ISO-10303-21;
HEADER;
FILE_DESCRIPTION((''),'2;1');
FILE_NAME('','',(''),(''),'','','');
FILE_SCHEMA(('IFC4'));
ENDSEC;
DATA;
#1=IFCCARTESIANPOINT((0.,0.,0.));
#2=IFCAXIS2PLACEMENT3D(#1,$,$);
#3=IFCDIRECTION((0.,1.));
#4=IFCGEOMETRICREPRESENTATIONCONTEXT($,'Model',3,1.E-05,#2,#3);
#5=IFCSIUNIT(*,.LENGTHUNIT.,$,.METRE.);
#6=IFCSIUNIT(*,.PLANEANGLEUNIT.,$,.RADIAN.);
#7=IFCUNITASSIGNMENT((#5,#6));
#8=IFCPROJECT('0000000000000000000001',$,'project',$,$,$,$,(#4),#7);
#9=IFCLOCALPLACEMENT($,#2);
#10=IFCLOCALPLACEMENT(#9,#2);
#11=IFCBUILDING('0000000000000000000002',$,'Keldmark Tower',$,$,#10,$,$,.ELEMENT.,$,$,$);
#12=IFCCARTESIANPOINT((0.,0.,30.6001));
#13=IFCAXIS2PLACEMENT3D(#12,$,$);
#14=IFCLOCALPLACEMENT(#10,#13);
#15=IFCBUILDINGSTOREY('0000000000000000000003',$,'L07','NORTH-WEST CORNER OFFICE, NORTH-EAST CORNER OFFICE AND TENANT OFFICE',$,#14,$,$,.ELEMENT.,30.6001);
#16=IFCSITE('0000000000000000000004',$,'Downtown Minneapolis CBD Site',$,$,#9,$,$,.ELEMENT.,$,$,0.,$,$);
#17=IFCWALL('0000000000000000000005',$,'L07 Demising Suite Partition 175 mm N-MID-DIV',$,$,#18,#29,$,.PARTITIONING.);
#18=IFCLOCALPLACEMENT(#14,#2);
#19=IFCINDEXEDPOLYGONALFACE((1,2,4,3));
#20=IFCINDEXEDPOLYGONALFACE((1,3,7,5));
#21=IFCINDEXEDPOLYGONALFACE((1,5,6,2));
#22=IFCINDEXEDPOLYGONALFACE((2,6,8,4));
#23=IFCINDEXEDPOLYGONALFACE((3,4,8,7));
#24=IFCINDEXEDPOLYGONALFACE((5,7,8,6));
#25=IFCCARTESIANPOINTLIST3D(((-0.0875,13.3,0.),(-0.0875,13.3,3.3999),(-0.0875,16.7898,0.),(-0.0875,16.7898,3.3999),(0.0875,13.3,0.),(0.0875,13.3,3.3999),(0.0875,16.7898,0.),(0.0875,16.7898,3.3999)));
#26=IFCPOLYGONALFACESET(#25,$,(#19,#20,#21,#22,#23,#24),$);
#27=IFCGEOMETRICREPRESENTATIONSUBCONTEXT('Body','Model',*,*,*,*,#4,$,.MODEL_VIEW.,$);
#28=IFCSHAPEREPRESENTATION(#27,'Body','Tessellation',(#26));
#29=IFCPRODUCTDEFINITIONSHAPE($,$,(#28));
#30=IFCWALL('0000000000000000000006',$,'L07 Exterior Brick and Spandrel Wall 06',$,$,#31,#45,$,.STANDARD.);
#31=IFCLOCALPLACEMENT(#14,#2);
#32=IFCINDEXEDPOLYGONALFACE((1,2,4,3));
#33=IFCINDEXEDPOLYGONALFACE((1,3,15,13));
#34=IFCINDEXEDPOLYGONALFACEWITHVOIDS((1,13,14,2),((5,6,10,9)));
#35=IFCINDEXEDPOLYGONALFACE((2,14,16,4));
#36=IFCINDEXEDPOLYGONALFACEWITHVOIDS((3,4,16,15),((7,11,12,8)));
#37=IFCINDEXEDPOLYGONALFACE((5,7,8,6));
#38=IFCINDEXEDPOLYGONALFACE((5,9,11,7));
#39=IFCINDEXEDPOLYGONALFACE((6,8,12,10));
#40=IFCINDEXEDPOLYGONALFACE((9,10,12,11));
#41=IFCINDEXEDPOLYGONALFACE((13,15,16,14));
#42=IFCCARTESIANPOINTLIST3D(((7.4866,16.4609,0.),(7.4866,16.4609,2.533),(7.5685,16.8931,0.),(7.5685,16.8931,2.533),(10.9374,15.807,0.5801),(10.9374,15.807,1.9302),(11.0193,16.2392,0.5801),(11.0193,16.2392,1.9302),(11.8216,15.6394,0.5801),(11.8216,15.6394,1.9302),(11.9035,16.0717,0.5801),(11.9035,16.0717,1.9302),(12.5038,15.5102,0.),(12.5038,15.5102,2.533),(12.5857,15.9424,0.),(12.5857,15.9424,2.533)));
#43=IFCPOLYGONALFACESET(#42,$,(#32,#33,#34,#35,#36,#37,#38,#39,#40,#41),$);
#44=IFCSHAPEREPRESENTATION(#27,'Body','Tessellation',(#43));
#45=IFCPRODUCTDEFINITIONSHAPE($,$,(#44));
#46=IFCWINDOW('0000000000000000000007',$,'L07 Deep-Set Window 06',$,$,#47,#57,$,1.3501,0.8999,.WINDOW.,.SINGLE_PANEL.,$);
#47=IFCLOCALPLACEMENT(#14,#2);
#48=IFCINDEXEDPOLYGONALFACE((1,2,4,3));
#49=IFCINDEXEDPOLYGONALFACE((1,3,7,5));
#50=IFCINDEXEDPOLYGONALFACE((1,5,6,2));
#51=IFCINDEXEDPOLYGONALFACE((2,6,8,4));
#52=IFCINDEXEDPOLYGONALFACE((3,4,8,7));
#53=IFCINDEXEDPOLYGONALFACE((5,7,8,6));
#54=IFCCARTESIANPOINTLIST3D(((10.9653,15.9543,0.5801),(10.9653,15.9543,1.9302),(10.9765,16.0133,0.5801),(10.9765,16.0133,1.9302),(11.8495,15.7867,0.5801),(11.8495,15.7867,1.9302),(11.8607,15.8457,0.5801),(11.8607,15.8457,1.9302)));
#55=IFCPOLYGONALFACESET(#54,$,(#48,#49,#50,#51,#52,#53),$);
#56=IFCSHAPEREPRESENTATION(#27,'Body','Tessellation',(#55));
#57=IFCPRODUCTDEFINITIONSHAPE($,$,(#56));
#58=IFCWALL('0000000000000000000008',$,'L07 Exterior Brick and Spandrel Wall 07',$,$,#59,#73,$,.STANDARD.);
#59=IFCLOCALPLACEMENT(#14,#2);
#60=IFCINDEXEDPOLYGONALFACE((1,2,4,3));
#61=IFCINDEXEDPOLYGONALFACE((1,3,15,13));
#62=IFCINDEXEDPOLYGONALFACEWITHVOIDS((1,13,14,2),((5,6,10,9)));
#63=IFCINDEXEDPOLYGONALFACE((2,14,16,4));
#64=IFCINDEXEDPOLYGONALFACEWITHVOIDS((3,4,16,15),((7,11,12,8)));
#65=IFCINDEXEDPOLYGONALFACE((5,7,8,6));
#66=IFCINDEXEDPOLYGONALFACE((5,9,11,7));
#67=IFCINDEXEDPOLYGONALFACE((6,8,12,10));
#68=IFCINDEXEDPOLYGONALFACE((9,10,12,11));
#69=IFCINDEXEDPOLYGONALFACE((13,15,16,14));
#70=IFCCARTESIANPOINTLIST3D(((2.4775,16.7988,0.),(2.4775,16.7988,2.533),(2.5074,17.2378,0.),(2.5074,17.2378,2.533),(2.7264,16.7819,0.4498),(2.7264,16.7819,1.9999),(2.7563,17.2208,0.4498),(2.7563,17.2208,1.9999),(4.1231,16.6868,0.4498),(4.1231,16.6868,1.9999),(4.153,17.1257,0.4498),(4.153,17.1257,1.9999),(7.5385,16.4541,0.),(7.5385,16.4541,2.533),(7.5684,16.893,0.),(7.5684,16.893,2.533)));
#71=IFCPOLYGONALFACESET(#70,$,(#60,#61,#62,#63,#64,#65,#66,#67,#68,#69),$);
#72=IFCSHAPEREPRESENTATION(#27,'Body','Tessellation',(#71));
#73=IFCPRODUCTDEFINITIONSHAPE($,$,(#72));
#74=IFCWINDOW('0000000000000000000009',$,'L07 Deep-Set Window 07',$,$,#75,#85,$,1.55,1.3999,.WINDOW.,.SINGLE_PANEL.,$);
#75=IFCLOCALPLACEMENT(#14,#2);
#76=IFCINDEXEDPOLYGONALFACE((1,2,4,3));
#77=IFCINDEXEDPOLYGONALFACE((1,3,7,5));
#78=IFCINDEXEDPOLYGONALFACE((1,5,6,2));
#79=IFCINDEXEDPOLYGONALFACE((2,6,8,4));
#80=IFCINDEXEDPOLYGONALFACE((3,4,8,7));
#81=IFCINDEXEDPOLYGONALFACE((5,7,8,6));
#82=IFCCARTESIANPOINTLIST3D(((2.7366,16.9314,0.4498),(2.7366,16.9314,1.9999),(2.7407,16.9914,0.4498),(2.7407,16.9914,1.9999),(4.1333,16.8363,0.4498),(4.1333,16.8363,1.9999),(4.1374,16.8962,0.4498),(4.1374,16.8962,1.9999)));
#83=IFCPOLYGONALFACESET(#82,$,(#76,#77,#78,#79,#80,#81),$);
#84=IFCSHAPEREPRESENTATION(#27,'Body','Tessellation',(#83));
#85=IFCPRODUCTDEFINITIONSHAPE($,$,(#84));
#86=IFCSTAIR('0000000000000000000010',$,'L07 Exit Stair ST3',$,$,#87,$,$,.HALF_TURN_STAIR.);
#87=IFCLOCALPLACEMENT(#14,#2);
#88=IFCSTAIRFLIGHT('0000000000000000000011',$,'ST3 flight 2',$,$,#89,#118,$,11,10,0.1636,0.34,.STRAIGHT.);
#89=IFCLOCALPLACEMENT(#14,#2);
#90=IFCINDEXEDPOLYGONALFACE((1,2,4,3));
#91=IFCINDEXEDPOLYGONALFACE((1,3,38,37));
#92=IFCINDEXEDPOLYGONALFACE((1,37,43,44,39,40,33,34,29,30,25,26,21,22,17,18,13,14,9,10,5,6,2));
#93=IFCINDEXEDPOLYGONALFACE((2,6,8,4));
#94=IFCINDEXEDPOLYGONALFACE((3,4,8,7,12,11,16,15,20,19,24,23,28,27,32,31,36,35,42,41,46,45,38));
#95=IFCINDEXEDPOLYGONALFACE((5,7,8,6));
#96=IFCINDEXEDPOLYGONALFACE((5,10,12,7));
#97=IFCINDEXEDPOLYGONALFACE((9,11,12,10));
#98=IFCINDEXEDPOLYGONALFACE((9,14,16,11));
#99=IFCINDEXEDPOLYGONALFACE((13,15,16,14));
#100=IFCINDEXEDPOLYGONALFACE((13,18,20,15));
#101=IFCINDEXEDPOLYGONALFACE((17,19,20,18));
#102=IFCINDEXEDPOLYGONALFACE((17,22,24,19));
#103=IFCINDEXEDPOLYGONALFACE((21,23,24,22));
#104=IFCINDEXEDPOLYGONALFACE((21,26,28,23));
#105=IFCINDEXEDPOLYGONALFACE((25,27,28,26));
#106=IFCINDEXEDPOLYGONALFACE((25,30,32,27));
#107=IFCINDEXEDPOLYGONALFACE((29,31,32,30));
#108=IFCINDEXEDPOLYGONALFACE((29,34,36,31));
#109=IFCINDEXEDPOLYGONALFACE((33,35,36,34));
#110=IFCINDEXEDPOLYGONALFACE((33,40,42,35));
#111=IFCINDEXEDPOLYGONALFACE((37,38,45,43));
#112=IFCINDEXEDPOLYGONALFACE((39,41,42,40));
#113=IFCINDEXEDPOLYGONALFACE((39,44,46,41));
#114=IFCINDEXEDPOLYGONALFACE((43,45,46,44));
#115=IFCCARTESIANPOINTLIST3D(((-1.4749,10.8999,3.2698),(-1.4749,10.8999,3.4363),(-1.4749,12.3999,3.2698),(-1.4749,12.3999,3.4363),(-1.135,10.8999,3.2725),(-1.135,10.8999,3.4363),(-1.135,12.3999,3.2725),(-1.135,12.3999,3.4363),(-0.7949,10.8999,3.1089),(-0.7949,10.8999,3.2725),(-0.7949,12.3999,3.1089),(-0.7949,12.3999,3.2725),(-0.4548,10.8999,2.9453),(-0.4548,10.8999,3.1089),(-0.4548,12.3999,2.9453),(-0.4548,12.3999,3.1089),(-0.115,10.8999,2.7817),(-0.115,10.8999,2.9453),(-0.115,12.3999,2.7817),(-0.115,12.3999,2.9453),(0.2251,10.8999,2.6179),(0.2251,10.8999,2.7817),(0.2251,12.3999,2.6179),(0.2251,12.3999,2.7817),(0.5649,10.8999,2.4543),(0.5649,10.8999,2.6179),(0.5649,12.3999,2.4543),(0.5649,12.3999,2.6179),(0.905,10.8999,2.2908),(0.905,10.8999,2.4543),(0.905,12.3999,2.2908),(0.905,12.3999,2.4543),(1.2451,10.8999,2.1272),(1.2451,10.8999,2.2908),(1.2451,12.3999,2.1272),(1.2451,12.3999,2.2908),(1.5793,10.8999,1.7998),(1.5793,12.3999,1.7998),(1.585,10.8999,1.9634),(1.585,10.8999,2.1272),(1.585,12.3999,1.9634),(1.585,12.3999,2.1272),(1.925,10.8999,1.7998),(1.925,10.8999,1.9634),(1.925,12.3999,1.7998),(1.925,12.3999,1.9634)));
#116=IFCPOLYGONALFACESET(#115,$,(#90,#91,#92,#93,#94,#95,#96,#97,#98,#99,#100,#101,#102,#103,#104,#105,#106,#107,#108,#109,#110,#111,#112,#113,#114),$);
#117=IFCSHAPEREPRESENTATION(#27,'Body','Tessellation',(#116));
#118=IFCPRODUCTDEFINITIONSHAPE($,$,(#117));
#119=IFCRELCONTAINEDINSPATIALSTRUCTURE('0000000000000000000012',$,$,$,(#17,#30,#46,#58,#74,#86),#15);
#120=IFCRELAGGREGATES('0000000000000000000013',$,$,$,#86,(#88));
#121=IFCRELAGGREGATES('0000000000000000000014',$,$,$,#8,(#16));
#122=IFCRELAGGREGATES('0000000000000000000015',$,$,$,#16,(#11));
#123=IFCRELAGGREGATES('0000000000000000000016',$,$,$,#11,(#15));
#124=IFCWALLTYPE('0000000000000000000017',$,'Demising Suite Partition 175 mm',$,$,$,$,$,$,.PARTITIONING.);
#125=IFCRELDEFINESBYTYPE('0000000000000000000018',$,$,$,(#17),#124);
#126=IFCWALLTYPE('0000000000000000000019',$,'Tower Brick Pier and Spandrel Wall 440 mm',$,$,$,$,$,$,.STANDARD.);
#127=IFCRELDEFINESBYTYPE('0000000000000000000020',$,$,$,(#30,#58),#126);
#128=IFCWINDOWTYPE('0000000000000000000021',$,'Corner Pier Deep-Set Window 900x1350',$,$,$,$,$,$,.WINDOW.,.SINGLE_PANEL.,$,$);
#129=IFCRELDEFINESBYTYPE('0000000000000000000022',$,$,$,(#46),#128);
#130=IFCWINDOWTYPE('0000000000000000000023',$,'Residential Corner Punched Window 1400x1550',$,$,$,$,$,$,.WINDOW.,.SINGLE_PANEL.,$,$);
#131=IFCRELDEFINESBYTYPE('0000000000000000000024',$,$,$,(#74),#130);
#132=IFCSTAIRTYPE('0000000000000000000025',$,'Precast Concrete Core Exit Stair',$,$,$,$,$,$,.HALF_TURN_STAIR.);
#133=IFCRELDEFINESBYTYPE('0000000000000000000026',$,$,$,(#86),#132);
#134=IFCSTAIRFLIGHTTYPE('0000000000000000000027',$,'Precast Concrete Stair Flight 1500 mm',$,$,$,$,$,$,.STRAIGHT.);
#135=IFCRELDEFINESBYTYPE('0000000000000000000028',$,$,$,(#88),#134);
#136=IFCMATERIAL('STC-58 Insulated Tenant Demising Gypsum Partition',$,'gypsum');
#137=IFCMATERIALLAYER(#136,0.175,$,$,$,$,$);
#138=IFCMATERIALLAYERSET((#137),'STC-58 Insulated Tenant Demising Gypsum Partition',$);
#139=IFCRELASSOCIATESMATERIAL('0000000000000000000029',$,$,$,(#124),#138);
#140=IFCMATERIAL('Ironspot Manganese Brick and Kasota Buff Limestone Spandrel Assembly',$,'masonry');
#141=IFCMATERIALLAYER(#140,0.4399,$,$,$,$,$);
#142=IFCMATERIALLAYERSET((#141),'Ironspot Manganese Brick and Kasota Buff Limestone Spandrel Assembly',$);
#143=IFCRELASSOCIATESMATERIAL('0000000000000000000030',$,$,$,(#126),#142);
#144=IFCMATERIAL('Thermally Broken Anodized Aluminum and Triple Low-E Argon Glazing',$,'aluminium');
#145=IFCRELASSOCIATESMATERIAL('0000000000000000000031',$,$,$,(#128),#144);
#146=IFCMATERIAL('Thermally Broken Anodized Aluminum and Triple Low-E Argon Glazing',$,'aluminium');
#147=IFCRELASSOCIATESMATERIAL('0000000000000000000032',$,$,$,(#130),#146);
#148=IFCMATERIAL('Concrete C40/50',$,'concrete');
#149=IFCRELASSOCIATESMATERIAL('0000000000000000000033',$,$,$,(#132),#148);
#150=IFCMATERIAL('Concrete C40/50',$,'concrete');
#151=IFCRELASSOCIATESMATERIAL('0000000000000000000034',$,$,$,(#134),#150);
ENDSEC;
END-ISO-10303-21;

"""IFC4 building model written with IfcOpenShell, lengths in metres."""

from ifc_helpers import new_model, si_unit, direction, frame, frame_2d, origin, place, context, subcontext, project, spatial, polyline, rectangle, outline, extrude, material, layer, layer_set, type_object, element, fill, aggregate, save


model = new_model("IFC4")

# Units and contexts
model_context = context("Model", 3, precision=1e-05, world=origin(), true_north=direction((0.0, 1.0)))
body_context = subcontext(model_context, "Body", "Model", "MODEL_VIEW")
ifc_project = project(units=[si_unit("LENGTHUNIT", "METRE"), si_unit("PLANEANGLEUNIT", "RADIAN")], contexts=[model_context])

# Site, building, storey
site_placement = place(None, origin())
site = spatial("IfcSite", under=ifc_project, at=site_placement, Name="Downtown Minneapolis CBD Site", CompositionType="ELEMENT", RefElevation=0.0)
building_placement = place(site_placement, origin())
building = spatial("IfcBuilding", under=site, at=building_placement, Name="Keldmark Tower", CompositionType="ELEMENT")
storey_placement = place(building_placement, frame((0.0, 0.0, 30.6001)))
storey = spatial("IfcBuildingStorey", under=building, at=storey_placement, Name="L07", Description="NORTH-WEST CORNER OFFICE, NORTH-EAST CORNER OFFICE AND TENANT OFFICE", CompositionType="ELEMENT", Elevation=30.6001)

# Wall
ifc_material_1 = material(Name="STC-58 Insulated Tenant Demising Gypsum Partition", Category="gypsum")
ifc_layer_1 = layer(ifc_material_1, 0.175)
ifc_layer_set_1 = layer_set([ifc_layer_1], Name="STC-58 Insulated Tenant Demising Gypsum Partition")
wall_type_1 = type_object("IfcWallType", Name="Demising Suite Partition 175 mm", PredefinedType="PARTITIONING", material=ifc_layer_set_1)
wall_1_placement = place(storey_placement, frame((0.0, 13.3, 0.0), z_axis=(0.0, 0.0, 1.0), x_axis=(0.0, 1.0, 0.0)))
element("IfcWall", 1, at=wall_1_placement, inside=storey, type_object=wall_type_1, Name="L07 Demising Suite Partition 175 mm N-MID-DIV", PredefinedType="PARTITIONING", context=body_context, shape_type="SweptSolid", body=[
    extrude(rectangle(XDim=3.4897, YDim=0.175, at=frame_2d((1.7449, 0.0))), origin(), (0.0, 0.0, 1.0), 3.3999),
])

# Walls, openings, windows
ifc_material_2 = material(Name="Ironspot Manganese Brick and Kasota Buff Limestone Spandrel Assembly", Category="masonry")
ifc_layer_2 = layer(ifc_material_2, 0.4399)
ifc_layer_set_2 = layer_set([ifc_layer_2], Name="Ironspot Manganese Brick and Kasota Buff Limestone Spandrel Assembly")
wall_type_2 = type_object("IfcWallType", Name="Tower Brick Pier and Spandrel Wall 440 mm", PredefinedType="STANDARD", material=ifc_layer_set_2)
wall_2_placement = place(storey_placement, frame((7.5276, 16.677, 0.0), z_axis=(0.0, 0.0, 1.0), x_axis=(0.982516, -0.186176, 0.0)))
wall_2 = element("IfcWall", 2, at=wall_2_placement, inside=storey, type_object=wall_type_2, Name="L07 Exterior Brick and Spandrel Wall 06", PredefinedType="STANDARD", context=body_context, shape_type="SweptSolid", body=[
    extrude(rectangle(XDim=5.1064, YDim=0.4399, at=frame_2d((2.5532, 0.0))), origin(), (0.0, 0.0, 1.0), 2.533),
])
opening_1_placement = place(wall_2_placement, frame((3.5122, 0.0, 0.5801)))
opening_1 = element("IfcOpeningElement", 3, at=opening_1_placement, cuts=wall_2, PredefinedType="OPENING", context=body_context, shape_type="SweptSolid", body=[
    extrude(rectangle(XDim=0.8999, YDim=1.3501, at=frame_2d((0.45, 0.675))), frame((0.0, 0.23, 0.0), z_axis=(0.0, -1.0, 0.0), x_axis=(1.0, 0.0, 0.0)), (0.0, 0.0, 1.0), 0.46),
])
ifc_material_3 = material(Name="Thermally Broken Anodized Aluminum and Triple Low-E Argon Glazing", Category="aluminium")
window_type_1 = type_object("IfcWindowType", Name="Corner Pier Deep-Set Window 900x1350", PartitioningType="SINGLE_PANEL", PredefinedType="WINDOW", material=ifc_material_3)
window_1_placement = place(opening_1_placement, origin())
window_1 = element("IfcWindow", 4, at=window_1_placement, inside=storey, type_object=window_type_1, Name="L07 Deep-Set Window 06", OverallHeight=1.3501, OverallWidth=0.8999, PartitioningType="SINGLE_PANEL", PredefinedType="WINDOW", context=body_context, shape_type="SweptSolid", body=[
    extrude(rectangle(XDim=0.8999, YDim=1.3501, at=frame_2d((0.45, 0.675))), frame((0.0, -0.01, 0.0), z_axis=(0.0, -1.0, 0.0), x_axis=(1.0, 0.0, 0.0)), (0.0, 0.0, 1.0), 0.0601),
])
fill(opening_1, window_1)
wall_3_placement = place(storey_placement, frame((2.4924, 17.0183, 0.0), z_axis=(0.0, 0.0, 1.0), x_axis=(0.997688, -0.067956, 0.0)))
wall_3 = element("IfcWall", 5, at=wall_3_placement, inside=storey, type_object=wall_type_2, Name="L07 Exterior Brick and Spandrel Wall 07", PredefinedType="STANDARD", context=body_context, shape_type="SweptSolid", body=[
    extrude(rectangle(XDim=5.0728, YDim=0.4399, at=frame_2d((2.5364, 0.0))), origin(), (0.0, 0.0, 1.0), 2.533),
])
opening_2_placement = place(wall_3_placement, frame((0.2495, 0.0, 0.45)))
opening_2 = element("IfcOpeningElement", 6, at=opening_2_placement, cuts=wall_3, PredefinedType="OPENING", context=body_context, shape_type="SweptSolid", body=[
    extrude(rectangle(XDim=1.3999, YDim=1.55, at=frame_2d((0.7, 0.7749))), frame((0.0, 0.23, 0.0), z_axis=(0.0, -1.0, 0.0), x_axis=(1.0, 0.0, 0.0)), (0.0, 0.0, 1.0), 0.46),
])
ifc_material_4 = material(Name="Thermally Broken Anodized Aluminum and Triple Low-E Argon Glazing", Category="aluminium")
window_type_2 = type_object("IfcWindowType", Name="Residential Corner Punched Window 1400x1550", PartitioningType="SINGLE_PANEL", PredefinedType="WINDOW", material=ifc_material_4)
window_2_placement = place(opening_2_placement, origin())
window_2 = element("IfcWindow", 7, at=window_2_placement, inside=storey, type_object=window_type_2, Name="L07 Deep-Set Window 07", OverallHeight=1.55, OverallWidth=1.3999, PartitioningType="SINGLE_PANEL", PredefinedType="WINDOW", context=body_context, shape_type="SweptSolid", body=[
    extrude(rectangle(XDim=1.3999, YDim=1.55, at=frame_2d((0.7, 0.7749))), frame((0.0, -0.01, 0.0), z_axis=(0.0, -1.0, 0.0), x_axis=(1.0, 0.0, 0.0)), (0.0, 0.0, 1.0), 0.0601),
])
fill(opening_2, window_2)

# Stair, stair flight
ifc_material_5 = material(Name="Concrete C40/50", Category="concrete")
stair_type = type_object("IfcStairType", Name="Precast Concrete Core Exit Stair", PredefinedType="HALF_TURN_STAIR", material=ifc_material_5)
stair_placement = place(storey_placement, origin())
stair = element("IfcStair", 8, at=stair_placement, inside=storey, type_object=stair_type, Name="L07 Exit Stair ST3", PredefinedType="HALF_TURN_STAIR")
ifc_material_6 = material(Name="Concrete C40/50", Category="concrete")
stair_flight_type = type_object("IfcStairFlightType", Name="Precast Concrete Stair Flight 1500 mm", PredefinedType="STRAIGHT", material=ifc_material_6)
stair_flight_placement = place(storey_placement, frame((1.925, 11.6499, 1.7998), z_axis=(0.0, 0.0, 1.0), x_axis=(-1.0, 0.0, 0.0)))
stair_flight = element("IfcStairFlight", 9, at=stair_flight_placement, type_object=stair_flight_type, Name="ST3 flight 2", NumberOfRisers=11, NumberOfTreads=10, PredefinedType="STRAIGHT", RiserHeight=0.1636, TreadLength=0.34, context=body_context, shape_type="SweptSolid", body=[
    extrude(outline(polyline([(0.0, 0.0), (0.0, 0.1636), (0.3401, 0.1636), (0.3401, 0.3274), (0.6799, 0.3274), (0.6799, 0.491), (1.02, 0.491), (1.02, 0.6545), (1.3601, 0.6545), (1.3601, 0.8181), (1.7, 0.8181), (1.7, 0.9819), (2.04, 0.9819), (2.04, 1.1455), (2.3799, 1.1455), (2.3799, 1.3091), (2.72, 1.3091), (2.72, 1.4727), (3.0601, 1.4727), (3.0601, 1.6365), (3.3999, 1.6365), (3.3999, 1.8), (3.3999, 1.47), (0.3457, 0.0), (0.0, 0.0)])), frame((0.0, 0.75, 0.0), z_axis=(0.0, -1.0, 0.0), x_axis=(1.0, 0.0, 0.0)), (0.0, 0.0, 1.0), 1.5),
])
aggregate(stair, [stair_flight])

save(model, "model.ifc")
